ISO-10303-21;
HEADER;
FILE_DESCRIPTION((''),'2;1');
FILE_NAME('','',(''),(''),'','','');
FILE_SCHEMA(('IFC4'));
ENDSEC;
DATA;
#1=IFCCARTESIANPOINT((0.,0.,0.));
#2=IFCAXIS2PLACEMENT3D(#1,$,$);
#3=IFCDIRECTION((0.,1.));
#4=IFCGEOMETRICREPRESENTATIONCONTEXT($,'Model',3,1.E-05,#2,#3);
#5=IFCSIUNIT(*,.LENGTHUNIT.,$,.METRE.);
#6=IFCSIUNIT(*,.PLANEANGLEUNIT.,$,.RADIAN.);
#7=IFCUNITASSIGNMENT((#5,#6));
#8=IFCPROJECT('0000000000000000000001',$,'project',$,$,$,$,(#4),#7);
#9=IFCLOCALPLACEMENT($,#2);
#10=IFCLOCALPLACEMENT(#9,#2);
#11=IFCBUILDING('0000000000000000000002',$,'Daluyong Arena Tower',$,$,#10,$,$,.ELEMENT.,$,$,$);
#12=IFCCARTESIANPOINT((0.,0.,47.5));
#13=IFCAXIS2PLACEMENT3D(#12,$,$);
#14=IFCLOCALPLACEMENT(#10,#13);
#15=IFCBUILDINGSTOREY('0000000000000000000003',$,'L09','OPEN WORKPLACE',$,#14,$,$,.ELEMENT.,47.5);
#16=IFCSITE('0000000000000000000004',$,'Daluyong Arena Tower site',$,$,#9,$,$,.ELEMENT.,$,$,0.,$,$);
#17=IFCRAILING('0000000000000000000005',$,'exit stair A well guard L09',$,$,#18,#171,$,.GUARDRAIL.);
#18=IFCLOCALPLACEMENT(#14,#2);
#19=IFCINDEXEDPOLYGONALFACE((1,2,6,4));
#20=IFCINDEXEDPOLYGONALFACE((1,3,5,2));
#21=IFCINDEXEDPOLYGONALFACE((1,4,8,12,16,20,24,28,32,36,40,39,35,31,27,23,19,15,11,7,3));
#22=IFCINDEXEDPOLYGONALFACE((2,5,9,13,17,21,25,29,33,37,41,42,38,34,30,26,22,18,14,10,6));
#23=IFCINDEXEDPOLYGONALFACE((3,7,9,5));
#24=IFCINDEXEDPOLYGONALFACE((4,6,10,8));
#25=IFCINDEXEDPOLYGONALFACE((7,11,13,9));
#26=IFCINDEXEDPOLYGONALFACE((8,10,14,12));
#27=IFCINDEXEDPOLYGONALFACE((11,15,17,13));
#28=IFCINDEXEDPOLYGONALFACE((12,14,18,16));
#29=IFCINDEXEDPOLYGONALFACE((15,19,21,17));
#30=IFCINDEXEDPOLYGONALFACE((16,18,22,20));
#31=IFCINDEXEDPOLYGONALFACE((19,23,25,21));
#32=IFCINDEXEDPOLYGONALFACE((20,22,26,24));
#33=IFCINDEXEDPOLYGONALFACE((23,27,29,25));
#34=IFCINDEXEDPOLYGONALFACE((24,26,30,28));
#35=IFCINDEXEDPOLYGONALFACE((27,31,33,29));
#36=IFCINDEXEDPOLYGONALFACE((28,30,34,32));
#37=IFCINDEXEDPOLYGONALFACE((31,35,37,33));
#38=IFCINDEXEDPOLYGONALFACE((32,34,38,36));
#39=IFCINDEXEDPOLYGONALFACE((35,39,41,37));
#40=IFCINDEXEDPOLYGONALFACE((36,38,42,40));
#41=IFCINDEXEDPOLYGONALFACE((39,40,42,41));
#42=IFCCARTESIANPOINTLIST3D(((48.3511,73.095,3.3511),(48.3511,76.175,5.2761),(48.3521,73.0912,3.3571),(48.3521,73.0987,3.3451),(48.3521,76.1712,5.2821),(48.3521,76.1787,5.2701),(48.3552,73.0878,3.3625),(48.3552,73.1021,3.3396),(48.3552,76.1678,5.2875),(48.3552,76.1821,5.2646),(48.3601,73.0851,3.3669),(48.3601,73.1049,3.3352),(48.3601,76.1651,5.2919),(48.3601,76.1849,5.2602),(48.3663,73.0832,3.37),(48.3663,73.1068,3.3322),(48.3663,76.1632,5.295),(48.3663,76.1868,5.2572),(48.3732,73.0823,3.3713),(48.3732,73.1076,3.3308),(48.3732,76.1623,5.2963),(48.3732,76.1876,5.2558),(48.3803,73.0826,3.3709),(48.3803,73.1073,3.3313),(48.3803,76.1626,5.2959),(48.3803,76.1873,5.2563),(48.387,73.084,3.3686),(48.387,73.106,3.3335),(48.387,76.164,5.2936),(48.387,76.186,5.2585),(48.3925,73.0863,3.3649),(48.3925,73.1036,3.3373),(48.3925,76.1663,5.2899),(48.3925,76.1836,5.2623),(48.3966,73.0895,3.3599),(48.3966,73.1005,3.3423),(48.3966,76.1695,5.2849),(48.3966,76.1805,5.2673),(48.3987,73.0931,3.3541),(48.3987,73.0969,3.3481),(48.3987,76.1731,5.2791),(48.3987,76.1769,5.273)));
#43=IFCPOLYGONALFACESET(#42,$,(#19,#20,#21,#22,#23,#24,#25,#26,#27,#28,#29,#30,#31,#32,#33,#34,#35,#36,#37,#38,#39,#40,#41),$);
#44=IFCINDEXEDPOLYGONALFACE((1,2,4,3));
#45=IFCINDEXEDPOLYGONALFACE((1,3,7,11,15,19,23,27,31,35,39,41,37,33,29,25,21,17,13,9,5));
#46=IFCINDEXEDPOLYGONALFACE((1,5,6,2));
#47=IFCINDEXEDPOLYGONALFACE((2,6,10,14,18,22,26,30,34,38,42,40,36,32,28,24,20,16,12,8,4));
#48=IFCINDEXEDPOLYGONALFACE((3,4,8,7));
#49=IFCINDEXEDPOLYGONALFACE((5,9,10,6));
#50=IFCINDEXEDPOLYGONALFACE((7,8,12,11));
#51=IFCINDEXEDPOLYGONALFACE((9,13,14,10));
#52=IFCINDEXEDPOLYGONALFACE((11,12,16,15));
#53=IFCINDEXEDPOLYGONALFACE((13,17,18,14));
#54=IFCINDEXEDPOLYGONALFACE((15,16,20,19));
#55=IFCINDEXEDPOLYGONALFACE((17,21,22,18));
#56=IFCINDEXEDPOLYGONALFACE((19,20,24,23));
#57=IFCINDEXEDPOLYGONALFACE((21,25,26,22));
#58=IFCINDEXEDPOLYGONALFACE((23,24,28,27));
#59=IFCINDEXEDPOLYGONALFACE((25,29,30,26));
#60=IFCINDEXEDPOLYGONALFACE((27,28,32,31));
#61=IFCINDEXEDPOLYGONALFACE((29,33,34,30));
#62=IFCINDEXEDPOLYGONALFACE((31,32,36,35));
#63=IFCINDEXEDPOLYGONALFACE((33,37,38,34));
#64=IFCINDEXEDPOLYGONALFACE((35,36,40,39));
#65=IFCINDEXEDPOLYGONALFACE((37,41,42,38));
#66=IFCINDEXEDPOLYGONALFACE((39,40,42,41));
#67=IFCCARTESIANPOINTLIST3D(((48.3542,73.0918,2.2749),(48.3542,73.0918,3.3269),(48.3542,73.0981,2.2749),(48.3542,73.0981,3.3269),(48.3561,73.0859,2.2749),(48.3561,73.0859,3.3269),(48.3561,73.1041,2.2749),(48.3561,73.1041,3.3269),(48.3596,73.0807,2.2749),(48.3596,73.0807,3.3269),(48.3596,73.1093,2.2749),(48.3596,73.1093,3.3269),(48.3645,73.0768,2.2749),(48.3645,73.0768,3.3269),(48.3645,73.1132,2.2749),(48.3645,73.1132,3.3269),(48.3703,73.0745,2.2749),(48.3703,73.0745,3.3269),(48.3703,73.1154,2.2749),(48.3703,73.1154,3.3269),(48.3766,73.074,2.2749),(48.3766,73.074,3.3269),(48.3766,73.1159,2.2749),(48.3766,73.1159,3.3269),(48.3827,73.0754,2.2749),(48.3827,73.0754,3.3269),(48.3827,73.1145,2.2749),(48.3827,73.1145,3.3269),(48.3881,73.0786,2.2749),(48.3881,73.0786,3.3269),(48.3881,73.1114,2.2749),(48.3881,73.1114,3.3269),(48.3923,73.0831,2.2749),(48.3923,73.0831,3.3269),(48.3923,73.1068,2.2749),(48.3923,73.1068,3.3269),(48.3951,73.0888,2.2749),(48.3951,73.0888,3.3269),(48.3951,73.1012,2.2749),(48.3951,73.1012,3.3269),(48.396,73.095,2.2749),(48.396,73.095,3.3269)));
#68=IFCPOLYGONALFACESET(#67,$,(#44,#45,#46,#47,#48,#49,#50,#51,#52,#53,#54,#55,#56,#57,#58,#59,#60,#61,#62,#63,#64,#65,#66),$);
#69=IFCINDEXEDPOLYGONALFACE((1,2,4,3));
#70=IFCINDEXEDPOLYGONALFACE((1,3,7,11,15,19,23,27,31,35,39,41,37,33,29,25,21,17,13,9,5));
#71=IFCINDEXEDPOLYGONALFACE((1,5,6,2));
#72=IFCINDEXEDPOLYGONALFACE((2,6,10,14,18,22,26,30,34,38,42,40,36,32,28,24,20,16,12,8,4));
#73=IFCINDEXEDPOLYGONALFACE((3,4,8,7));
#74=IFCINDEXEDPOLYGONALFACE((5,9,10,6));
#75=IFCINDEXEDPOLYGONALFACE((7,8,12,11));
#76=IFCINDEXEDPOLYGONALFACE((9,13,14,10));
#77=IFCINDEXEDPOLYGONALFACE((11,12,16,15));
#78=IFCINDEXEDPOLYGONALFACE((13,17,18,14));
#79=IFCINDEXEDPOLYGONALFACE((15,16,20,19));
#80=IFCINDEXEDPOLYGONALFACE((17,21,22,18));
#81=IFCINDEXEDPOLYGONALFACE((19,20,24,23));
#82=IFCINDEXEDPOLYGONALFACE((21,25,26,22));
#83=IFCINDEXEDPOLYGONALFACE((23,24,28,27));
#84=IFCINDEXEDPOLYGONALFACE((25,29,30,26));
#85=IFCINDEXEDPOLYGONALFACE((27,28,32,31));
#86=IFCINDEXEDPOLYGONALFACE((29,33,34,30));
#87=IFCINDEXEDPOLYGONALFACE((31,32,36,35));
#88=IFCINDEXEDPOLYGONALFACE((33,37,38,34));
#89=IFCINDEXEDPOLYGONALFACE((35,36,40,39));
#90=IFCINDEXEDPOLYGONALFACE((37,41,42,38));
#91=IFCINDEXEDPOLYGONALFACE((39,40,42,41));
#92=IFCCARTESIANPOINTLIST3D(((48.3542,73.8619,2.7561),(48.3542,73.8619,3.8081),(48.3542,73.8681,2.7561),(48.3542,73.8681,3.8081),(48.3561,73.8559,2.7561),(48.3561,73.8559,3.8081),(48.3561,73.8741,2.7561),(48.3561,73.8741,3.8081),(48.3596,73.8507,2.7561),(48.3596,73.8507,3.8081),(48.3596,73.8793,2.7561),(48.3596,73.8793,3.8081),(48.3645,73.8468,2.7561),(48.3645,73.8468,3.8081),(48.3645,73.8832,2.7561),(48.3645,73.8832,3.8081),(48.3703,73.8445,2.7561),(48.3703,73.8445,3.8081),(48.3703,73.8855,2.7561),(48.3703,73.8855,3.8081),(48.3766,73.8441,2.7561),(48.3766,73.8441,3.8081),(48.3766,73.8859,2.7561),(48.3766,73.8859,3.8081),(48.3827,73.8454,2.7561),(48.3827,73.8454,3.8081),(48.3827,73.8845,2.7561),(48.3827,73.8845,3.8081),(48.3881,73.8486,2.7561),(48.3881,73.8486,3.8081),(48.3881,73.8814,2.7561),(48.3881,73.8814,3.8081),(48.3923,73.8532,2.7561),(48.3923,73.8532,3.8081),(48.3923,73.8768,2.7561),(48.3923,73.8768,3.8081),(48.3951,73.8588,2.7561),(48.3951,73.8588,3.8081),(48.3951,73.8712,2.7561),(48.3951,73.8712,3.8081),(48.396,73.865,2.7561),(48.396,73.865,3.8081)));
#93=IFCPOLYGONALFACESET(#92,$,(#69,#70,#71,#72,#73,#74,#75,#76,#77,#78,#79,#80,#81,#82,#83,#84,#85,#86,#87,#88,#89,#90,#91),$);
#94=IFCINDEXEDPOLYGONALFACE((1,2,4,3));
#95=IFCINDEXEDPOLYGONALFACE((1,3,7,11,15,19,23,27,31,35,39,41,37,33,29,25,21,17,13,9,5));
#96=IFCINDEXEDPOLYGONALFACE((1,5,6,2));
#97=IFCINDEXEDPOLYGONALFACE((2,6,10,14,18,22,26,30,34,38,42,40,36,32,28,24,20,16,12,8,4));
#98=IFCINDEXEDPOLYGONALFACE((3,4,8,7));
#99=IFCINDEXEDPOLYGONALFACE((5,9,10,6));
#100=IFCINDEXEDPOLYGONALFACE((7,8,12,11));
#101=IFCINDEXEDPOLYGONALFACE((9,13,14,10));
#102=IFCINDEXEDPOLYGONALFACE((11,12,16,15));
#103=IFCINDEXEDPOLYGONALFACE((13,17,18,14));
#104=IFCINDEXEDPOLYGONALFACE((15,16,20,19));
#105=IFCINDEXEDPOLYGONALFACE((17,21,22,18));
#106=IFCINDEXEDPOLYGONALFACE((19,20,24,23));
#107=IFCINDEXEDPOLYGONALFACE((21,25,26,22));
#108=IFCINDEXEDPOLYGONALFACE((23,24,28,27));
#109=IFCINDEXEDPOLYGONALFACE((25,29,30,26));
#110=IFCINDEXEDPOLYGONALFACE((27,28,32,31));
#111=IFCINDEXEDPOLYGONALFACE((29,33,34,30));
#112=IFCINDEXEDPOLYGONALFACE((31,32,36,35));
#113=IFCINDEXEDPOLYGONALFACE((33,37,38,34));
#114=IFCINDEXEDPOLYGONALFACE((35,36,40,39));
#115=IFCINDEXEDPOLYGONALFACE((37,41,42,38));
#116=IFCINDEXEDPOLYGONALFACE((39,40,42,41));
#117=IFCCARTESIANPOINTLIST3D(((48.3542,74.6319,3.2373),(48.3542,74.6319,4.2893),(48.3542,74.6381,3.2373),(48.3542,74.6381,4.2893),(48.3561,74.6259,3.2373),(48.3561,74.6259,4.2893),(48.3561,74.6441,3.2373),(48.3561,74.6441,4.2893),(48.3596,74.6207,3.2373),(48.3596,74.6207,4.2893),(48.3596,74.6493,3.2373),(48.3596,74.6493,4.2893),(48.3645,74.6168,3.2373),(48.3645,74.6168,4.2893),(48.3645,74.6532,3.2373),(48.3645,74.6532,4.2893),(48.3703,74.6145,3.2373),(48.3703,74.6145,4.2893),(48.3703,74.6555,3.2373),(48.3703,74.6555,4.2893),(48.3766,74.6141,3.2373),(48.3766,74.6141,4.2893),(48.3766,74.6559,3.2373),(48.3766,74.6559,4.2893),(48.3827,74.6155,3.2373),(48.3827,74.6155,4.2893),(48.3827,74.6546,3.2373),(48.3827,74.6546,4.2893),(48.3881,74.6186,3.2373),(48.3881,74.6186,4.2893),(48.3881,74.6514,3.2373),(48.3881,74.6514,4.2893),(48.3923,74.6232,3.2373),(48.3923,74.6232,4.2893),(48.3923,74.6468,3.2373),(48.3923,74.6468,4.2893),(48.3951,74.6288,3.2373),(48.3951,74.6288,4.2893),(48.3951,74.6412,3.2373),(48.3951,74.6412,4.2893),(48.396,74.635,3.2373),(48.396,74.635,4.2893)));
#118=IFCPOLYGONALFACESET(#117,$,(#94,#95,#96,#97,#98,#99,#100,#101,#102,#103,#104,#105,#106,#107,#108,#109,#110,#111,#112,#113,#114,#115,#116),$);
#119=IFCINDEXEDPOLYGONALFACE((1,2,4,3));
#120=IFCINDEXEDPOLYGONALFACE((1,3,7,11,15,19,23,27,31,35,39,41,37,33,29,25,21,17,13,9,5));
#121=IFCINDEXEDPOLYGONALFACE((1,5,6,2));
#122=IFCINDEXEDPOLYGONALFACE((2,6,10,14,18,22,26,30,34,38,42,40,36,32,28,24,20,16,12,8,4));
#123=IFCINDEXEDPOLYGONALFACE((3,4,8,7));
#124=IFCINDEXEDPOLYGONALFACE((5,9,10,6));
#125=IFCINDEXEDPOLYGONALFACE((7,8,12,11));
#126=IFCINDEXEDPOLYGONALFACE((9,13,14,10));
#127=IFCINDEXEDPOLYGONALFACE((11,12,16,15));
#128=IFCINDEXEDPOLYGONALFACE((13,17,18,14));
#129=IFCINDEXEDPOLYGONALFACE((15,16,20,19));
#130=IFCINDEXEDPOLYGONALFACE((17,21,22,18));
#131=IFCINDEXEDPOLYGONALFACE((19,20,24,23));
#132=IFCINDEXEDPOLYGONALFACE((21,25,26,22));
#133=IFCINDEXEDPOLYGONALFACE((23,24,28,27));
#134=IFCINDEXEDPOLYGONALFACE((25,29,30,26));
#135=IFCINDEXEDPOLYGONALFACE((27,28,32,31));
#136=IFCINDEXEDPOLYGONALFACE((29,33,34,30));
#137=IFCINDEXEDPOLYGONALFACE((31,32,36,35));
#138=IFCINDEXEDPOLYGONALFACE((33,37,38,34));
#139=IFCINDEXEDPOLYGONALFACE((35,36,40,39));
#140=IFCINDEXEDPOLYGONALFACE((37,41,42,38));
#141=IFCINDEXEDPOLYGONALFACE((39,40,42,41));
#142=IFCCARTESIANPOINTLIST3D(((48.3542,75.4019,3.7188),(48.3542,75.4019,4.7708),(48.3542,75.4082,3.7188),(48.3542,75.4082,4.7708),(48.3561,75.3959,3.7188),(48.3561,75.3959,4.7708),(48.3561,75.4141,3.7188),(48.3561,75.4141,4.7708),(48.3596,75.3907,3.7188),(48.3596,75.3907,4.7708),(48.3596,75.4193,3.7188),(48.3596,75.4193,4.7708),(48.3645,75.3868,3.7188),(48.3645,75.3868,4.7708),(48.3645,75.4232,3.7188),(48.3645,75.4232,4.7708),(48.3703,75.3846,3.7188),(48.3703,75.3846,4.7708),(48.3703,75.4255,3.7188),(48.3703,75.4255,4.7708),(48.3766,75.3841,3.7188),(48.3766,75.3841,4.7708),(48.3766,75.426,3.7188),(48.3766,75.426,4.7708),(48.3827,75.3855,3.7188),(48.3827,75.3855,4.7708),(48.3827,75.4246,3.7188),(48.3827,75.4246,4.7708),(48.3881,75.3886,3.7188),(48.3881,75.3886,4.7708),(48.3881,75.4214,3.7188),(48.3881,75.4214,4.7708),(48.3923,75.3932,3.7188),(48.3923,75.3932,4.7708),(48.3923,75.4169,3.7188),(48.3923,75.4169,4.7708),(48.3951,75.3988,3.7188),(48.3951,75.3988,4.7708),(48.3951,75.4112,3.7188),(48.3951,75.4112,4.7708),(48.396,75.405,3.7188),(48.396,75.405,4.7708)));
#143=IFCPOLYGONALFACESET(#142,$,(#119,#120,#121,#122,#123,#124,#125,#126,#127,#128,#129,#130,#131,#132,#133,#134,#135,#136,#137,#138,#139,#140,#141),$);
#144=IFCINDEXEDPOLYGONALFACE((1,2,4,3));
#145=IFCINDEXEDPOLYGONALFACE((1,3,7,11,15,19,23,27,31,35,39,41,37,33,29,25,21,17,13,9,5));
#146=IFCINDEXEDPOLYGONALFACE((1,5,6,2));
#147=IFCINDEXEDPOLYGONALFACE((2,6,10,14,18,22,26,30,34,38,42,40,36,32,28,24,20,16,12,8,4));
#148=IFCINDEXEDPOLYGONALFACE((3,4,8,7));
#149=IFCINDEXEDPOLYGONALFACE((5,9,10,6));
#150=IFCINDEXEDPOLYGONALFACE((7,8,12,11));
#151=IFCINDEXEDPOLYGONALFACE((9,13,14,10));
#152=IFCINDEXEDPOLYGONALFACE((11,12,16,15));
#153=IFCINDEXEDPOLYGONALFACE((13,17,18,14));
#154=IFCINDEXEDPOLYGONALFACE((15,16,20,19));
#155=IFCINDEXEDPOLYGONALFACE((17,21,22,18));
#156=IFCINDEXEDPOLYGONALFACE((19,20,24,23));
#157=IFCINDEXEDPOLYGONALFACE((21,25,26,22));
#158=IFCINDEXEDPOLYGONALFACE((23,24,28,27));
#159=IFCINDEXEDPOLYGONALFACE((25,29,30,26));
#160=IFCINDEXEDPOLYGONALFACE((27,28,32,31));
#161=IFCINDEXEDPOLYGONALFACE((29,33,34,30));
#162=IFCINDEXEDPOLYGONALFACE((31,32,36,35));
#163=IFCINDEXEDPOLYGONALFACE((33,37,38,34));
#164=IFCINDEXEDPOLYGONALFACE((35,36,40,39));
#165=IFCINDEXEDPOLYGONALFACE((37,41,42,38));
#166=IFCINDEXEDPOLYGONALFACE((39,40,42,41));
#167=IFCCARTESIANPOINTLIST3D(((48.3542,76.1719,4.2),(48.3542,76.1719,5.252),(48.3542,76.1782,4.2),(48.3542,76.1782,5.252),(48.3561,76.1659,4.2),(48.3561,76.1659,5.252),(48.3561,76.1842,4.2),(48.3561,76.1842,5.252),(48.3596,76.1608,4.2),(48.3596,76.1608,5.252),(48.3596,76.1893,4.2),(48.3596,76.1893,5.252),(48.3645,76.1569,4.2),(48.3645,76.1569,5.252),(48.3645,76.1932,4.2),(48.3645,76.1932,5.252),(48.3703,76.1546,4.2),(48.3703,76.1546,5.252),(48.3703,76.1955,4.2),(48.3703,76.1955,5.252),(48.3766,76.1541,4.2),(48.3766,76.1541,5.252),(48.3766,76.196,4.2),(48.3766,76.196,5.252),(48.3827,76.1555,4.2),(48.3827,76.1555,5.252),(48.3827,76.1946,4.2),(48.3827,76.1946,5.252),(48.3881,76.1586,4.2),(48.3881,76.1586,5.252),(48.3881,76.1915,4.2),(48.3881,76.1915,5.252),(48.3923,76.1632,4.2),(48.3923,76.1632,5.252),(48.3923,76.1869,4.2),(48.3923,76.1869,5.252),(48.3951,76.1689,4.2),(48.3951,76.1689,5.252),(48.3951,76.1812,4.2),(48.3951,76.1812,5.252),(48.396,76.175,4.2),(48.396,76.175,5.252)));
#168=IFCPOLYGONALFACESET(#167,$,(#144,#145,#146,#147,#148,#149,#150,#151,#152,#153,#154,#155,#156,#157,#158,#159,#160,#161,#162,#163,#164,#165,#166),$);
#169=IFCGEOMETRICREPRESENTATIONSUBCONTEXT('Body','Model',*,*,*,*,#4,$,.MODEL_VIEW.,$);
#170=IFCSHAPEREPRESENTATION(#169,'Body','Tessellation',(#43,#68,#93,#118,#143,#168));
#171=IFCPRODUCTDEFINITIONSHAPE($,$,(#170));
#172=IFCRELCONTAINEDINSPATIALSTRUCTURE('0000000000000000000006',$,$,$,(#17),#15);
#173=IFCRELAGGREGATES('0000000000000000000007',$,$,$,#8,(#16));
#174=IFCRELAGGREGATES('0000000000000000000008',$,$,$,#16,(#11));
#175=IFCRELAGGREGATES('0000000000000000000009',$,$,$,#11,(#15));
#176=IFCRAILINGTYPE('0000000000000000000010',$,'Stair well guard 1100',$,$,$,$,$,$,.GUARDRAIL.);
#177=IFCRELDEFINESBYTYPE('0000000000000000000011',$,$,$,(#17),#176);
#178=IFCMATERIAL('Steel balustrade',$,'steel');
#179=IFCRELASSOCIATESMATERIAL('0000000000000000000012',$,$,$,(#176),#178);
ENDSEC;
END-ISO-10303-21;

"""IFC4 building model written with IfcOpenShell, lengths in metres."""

from ifc_helpers import new_model, si_unit, direction, frame, origin, origin_2d, place, context, subcontext, project, spatial, circle, extrude, material, type_object, element, save


model = new_model("IFC4")

# Units and contexts
model_context = context("Model", 3, precision=1e-05, world=origin(), true_north=direction((0.0, 1.0)))
body_context = subcontext(model_context, "Body", "Model", "MODEL_VIEW")
ifc_project = project(units=[si_unit("LENGTHUNIT", "METRE"), si_unit("PLANEANGLEUNIT", "RADIAN")], contexts=[model_context])

# Site, building, storey
site_placement = place(None, origin())
site = spatial("IfcSite", under=ifc_project, at=site_placement, Name="Daluyong Arena Tower site", CompositionType="ELEMENT", RefElevation=0.0)
building_placement = place(site_placement, origin())
building = spatial("IfcBuilding", under=site, at=building_placement, Name="Daluyong Arena Tower", CompositionType="ELEMENT")
storey_placement = place(building_placement, frame((0.0, 0.0, 47.5)))
storey = spatial("IfcBuildingStorey", under=building, at=storey_placement, Name="L09", Description="OPEN WORKPLACE", CompositionType="ELEMENT", Elevation=47.5)

# Railing
ifc_material_1 = material(Name="Steel balustrade", Category="steel")
railing_type_1 = type_object("IfcRailingType", Name="Stair well guard 1100", PredefinedType="GUARDRAIL", material=ifc_material_1)
railing_1_placement = place(storey_placement, frame((48.375, 73.095, 2.2749)))
element("IfcRailing", 1, at=railing_1_placement, inside=storey, type_object=railing_type_1, Name="exit stair A well guard L09", PredefinedType="GUARDRAIL", context=body_context, shape_type="SweptSolid", body=[
    extrude(circle(Radius=0.0239, at=origin_2d()), frame((0.0, 0.0, 1.0762), z_axis=(0.0, 0.847998, 0.529999), x_axis=(-1.0, 0.0, 0.0)), (0.0, 0.0, 1.0), 3.6321),
    extrude(circle(Radius=0.021, at=origin_2d()), origin(), (0.0, 0.0, 1.0), 1.052),
    extrude(circle(Radius=0.021, at=origin_2d()), frame((0.0, 0.77, 0.4812)), (0.0, 0.0, 1.0), 1.052),
    extrude(circle(Radius=0.021, at=origin_2d()), frame((0.0, 1.54, 0.9624)), (0.0, 0.0, 1.0), 1.052),
    extrude(circle(Radius=0.021, at=origin_2d()), frame((0.0, 2.3101, 1.4438)), (0.0, 0.0, 1.0), 1.052),
    extrude(circle(Radius=0.021, at=origin_2d()), frame((0.0, 3.0801, 1.925)), (0.0, 0.0, 1.0), 1.052),
])

save(model, "model.ifc")
